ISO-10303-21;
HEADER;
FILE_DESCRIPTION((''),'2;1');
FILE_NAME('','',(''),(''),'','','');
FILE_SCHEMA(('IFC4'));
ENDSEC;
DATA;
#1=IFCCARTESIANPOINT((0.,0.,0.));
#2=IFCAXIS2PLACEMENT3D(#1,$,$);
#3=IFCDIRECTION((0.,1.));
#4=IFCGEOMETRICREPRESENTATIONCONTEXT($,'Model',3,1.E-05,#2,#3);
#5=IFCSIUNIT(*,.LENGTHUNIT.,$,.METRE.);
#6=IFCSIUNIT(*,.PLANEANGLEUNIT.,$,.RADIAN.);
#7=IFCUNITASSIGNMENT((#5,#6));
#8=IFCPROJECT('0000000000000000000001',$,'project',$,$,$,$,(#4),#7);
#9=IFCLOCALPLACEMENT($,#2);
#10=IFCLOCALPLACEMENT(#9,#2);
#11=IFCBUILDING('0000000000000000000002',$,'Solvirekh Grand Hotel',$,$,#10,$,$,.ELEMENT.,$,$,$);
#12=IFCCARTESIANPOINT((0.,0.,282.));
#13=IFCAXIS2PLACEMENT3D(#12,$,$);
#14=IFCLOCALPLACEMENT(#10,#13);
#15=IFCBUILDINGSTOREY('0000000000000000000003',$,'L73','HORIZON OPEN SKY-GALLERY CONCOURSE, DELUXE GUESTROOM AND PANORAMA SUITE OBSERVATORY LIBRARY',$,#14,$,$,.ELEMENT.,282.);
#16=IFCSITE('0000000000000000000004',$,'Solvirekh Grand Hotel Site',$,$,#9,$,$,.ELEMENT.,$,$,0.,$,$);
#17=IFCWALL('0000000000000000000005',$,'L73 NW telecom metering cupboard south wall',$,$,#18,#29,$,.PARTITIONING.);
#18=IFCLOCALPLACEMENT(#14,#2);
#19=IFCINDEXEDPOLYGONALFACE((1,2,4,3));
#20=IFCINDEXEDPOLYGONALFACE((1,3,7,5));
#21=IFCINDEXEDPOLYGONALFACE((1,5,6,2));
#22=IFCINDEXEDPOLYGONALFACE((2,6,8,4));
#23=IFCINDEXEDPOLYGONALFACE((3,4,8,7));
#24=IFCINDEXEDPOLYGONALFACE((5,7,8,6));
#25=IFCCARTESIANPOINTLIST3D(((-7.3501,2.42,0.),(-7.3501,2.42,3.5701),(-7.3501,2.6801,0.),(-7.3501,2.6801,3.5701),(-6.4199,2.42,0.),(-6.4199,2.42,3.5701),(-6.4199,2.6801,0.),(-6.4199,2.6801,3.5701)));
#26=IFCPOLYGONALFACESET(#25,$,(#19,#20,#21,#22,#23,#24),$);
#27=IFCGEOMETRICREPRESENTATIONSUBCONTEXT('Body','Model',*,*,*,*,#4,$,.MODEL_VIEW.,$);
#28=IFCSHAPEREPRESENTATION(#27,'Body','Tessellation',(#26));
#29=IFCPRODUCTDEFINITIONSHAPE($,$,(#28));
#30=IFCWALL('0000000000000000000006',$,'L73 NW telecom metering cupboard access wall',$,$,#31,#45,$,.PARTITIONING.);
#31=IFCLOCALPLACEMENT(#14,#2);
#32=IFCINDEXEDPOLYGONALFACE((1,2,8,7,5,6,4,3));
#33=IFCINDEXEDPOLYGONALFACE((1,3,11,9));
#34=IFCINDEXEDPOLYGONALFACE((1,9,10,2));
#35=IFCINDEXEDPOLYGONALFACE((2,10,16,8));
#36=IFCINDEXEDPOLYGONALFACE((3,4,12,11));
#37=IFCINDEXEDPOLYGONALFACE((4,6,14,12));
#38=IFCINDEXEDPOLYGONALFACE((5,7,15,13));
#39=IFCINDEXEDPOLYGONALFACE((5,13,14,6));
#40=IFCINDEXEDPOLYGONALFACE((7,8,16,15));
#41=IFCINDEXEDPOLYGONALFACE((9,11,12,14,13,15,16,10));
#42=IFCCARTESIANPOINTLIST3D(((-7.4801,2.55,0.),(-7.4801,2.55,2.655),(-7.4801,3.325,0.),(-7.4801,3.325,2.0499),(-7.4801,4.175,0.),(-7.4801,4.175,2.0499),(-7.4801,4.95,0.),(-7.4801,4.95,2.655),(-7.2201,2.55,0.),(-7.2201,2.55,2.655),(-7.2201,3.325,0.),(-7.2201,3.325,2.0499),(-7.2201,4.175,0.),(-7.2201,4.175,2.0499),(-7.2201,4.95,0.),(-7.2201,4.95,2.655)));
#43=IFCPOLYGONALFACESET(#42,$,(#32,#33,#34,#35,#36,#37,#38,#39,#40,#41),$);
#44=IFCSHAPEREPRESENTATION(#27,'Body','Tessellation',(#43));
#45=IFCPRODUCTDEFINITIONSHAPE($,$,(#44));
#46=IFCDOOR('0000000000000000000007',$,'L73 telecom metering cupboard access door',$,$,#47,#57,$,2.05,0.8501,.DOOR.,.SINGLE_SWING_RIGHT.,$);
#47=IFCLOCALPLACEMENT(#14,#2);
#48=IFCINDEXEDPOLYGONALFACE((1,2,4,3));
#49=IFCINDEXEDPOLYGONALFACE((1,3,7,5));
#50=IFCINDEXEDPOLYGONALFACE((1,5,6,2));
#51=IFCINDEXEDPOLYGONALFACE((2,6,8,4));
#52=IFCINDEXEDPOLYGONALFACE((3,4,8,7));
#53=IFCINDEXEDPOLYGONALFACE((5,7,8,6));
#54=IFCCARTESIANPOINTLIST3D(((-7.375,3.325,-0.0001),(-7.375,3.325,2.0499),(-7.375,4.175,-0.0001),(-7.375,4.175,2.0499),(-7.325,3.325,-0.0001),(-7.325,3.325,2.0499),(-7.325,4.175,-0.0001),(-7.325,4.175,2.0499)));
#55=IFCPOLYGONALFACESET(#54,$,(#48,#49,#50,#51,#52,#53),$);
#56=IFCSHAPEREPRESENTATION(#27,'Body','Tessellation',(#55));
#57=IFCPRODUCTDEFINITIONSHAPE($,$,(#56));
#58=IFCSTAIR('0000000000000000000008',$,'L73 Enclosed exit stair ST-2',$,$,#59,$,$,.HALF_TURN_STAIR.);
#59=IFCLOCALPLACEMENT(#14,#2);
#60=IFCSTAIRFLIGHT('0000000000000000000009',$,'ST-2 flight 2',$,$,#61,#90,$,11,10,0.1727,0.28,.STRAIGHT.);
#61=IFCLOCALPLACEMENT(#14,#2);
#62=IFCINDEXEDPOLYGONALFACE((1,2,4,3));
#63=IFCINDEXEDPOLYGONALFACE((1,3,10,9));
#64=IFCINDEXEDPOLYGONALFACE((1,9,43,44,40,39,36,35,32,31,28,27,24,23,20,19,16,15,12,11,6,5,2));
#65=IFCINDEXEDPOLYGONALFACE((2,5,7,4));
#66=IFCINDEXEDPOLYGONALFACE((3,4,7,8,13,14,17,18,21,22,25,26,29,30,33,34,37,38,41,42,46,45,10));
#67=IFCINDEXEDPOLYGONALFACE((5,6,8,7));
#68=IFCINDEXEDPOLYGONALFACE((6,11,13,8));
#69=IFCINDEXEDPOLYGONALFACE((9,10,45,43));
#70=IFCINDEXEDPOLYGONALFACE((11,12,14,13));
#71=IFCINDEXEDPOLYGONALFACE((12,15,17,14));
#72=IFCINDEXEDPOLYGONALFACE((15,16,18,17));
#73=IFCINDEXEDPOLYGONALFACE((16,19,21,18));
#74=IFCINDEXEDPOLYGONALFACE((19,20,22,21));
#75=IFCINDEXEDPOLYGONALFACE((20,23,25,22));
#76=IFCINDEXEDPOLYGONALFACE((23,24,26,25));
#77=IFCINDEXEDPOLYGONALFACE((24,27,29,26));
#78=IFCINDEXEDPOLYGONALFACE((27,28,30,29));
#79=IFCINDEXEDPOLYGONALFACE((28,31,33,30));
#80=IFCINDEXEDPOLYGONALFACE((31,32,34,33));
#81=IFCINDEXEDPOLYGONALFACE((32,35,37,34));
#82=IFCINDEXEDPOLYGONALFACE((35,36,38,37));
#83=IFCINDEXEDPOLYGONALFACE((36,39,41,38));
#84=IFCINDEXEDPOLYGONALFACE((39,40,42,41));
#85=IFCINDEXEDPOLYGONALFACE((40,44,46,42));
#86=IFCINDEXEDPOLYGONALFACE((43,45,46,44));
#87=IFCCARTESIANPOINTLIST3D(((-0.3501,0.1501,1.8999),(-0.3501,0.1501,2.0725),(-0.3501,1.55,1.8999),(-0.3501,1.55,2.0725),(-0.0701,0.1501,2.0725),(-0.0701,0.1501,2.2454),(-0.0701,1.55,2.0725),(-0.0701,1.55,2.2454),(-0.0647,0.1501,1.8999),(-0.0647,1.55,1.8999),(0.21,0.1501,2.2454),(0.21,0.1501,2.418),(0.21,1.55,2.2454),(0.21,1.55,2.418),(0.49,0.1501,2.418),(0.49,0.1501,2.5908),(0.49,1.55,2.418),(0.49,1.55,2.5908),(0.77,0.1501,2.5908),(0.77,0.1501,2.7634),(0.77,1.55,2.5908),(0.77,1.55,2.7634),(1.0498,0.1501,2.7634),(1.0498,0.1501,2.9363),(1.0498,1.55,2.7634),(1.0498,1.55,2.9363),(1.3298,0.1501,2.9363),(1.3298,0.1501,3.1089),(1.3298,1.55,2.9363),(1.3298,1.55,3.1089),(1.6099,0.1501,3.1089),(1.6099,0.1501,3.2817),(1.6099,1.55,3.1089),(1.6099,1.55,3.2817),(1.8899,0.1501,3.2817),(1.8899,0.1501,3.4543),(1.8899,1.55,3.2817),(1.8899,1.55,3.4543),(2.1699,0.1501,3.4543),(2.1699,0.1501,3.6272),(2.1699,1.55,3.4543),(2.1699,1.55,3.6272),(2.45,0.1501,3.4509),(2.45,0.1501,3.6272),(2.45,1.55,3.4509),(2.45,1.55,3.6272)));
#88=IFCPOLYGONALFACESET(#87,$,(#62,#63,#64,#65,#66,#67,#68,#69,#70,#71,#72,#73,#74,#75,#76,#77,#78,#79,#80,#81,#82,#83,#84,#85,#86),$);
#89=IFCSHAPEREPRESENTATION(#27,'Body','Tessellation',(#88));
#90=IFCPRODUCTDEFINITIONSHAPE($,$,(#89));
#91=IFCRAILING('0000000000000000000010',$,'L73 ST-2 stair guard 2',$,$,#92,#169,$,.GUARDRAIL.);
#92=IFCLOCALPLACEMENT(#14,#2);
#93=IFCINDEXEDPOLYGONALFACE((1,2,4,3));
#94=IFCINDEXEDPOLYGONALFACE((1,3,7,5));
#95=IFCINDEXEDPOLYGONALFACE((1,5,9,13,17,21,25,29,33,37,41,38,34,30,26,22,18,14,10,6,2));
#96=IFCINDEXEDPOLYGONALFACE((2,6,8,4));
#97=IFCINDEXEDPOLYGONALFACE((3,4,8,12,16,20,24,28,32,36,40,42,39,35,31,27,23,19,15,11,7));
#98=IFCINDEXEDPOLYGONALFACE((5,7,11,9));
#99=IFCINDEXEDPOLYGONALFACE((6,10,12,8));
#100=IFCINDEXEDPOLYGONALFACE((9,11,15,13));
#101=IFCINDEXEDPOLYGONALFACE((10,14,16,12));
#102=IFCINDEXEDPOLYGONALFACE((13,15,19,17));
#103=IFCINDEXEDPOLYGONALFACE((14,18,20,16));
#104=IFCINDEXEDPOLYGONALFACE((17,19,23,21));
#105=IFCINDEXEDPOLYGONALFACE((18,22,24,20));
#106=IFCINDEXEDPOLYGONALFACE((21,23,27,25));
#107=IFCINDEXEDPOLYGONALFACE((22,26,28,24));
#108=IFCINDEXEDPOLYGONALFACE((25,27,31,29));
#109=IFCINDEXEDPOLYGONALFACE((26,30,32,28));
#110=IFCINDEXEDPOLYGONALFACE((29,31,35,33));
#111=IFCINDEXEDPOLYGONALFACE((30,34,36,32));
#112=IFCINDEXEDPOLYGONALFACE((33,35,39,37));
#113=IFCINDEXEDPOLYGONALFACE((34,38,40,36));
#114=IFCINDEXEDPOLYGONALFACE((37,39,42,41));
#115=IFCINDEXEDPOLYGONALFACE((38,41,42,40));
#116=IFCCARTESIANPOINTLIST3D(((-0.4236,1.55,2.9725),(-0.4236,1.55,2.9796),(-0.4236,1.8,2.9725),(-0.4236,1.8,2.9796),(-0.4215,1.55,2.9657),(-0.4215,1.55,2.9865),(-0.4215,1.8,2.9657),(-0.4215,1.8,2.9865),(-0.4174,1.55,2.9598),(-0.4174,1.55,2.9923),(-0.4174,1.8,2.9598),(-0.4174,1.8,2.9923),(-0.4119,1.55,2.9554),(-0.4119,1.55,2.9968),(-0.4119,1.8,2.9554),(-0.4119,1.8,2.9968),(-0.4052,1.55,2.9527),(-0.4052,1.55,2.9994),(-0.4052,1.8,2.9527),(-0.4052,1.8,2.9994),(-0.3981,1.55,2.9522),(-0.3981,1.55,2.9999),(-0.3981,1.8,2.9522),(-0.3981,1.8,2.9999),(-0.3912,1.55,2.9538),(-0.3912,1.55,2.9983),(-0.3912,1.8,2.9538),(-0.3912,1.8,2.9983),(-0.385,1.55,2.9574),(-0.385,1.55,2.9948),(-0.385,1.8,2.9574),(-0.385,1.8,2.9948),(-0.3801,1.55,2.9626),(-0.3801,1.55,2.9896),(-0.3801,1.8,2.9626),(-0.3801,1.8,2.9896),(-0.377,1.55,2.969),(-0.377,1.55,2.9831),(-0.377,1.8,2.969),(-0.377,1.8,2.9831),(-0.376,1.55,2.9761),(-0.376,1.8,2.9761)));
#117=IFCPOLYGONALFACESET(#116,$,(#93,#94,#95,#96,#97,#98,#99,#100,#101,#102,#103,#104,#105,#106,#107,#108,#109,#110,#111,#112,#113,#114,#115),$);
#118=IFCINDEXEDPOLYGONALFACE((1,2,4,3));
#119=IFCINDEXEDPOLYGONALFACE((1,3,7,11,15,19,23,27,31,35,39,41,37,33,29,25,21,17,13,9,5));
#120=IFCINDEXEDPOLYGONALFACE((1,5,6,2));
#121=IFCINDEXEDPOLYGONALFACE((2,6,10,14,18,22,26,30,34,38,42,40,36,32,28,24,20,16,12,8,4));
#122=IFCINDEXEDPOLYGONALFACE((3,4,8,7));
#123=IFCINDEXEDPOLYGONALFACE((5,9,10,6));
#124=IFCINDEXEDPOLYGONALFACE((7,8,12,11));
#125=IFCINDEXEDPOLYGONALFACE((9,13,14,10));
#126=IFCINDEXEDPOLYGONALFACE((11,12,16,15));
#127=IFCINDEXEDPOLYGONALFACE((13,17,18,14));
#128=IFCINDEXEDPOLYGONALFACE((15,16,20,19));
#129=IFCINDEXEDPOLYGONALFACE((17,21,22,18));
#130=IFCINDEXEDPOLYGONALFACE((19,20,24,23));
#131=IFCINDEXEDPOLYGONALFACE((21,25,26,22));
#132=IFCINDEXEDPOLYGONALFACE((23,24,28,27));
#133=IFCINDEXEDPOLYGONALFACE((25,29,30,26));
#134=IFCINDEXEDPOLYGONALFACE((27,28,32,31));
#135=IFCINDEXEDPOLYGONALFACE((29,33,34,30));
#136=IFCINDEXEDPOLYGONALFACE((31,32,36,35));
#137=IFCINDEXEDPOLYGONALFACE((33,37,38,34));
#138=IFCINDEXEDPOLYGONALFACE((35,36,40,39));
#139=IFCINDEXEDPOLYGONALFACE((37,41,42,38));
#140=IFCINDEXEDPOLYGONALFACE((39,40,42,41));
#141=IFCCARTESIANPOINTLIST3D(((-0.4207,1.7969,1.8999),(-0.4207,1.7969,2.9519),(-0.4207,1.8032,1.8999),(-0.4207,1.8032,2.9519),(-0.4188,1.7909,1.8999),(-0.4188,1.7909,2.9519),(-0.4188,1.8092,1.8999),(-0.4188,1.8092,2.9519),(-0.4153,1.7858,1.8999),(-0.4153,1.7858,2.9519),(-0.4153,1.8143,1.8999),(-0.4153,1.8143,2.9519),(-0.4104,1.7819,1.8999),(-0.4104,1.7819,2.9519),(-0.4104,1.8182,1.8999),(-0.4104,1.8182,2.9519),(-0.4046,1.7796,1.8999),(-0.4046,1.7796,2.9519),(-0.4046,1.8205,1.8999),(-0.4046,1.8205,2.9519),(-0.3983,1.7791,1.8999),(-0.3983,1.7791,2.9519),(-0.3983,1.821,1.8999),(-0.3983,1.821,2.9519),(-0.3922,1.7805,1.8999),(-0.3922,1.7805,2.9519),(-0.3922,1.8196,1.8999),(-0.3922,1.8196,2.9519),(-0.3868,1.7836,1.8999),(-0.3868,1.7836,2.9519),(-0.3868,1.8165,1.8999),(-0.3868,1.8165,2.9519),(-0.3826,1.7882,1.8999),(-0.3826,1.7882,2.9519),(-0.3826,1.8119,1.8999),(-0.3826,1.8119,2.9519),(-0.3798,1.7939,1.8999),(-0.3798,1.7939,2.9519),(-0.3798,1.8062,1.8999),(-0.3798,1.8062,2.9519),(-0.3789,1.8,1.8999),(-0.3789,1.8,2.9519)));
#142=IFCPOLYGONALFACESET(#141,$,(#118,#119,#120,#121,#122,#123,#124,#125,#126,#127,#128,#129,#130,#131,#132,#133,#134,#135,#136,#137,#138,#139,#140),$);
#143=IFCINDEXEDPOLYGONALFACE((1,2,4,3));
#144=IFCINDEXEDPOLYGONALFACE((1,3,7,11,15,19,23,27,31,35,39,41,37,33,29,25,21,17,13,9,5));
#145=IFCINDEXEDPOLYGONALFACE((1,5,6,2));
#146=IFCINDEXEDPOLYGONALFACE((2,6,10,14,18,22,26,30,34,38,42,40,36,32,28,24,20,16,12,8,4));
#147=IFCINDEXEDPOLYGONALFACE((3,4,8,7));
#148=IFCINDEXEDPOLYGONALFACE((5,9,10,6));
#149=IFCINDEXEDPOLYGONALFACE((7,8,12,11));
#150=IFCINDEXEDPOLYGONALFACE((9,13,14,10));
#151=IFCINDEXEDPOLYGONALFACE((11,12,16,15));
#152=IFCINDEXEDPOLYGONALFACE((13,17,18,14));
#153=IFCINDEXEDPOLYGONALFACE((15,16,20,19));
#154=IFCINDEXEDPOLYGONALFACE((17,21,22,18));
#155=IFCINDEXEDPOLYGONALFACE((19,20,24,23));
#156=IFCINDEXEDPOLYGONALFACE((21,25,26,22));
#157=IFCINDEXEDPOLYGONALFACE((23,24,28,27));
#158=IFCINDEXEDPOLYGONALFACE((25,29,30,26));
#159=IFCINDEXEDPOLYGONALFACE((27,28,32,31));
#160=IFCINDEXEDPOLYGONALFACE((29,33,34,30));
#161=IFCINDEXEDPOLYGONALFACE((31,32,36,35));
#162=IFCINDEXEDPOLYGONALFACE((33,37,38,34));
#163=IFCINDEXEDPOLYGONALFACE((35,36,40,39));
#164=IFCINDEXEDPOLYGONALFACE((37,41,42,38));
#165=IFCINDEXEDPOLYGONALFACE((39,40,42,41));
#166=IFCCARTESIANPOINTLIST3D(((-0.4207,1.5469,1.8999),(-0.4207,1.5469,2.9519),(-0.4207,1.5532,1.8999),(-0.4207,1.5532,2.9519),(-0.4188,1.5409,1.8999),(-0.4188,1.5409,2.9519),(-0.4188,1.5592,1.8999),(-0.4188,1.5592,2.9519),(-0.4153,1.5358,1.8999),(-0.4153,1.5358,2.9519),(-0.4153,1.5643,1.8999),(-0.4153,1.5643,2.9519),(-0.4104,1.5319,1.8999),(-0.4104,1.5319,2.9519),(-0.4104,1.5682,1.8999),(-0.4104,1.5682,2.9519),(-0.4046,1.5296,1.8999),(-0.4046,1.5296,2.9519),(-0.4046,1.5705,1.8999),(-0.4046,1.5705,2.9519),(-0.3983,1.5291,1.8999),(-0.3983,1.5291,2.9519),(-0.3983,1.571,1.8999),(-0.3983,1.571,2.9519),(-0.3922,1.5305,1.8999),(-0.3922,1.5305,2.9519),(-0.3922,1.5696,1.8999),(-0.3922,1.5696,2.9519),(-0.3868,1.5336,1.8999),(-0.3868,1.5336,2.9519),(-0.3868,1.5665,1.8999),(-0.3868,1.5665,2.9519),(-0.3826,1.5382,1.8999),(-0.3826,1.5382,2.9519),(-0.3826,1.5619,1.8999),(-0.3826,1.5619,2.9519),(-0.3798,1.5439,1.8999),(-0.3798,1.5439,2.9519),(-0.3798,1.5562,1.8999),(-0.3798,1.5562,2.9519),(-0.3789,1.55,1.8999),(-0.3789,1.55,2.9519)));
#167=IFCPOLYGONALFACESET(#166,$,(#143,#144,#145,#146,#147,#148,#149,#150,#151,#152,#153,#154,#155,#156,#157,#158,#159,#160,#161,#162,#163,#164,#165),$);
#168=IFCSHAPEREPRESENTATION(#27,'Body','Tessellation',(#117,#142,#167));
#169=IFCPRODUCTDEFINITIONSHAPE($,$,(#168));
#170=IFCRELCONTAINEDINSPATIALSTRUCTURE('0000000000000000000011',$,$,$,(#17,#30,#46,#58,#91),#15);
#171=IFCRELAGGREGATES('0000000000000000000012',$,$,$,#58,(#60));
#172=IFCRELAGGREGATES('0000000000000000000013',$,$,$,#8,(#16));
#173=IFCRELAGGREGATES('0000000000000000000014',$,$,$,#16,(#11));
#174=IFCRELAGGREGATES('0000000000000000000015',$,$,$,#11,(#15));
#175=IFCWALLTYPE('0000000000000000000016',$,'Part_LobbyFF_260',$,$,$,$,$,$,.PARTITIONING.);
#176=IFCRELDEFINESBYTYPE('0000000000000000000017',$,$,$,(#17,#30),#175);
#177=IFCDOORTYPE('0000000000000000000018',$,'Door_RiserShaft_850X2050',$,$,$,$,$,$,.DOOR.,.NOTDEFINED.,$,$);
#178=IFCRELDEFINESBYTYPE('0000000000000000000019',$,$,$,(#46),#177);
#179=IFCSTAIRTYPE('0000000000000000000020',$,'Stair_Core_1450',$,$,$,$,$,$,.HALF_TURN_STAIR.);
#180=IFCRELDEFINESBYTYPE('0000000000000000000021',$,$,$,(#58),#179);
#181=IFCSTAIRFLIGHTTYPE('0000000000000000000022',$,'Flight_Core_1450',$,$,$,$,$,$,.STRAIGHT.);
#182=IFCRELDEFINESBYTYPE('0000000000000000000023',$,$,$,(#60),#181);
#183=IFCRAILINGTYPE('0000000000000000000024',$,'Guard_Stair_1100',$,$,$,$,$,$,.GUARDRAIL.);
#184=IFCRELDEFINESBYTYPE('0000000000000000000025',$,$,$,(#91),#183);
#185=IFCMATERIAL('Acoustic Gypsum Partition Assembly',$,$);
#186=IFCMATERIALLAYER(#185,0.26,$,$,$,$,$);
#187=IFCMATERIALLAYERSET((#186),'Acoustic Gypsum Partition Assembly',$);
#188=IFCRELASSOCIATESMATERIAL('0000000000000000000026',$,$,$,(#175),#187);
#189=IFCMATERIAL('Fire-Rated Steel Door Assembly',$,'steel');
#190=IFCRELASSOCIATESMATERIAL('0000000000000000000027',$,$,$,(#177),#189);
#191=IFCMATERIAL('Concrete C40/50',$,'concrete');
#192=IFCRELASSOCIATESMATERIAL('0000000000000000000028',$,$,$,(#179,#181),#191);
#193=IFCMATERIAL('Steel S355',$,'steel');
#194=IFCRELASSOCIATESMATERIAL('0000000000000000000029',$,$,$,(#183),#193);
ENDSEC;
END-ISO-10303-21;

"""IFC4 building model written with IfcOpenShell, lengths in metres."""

from ifc_helpers import new_model, si_unit, direction, frame, frame_2d, origin, origin_2d, place, context, subcontext, project, spatial, polyline, rectangle, circle, outline, extrude, material, layer, layer_set, type_object, element, fill, aggregate, save


model = new_model("IFC4")

# Units and contexts
model_context = context("Model", 3, precision=1e-05, world=origin(), true_north=direction((0.0, 1.0)))
body_context = subcontext(model_context, "Body", "Model", "MODEL_VIEW")
ifc_project = project(units=[si_unit("LENGTHUNIT", "METRE"), si_unit("PLANEANGLEUNIT", "RADIAN")], contexts=[model_context])

# Site, building, storey
site_placement = place(None, origin())
site = spatial("IfcSite", under=ifc_project, at=site_placement, Name="Solvirekh Grand Hotel Site", CompositionType="ELEMENT", RefElevation=0.0)
building_placement = place(site_placement, origin())
building = spatial("IfcBuilding", under=site, at=building_placement, Name="Solvirekh Grand Hotel", CompositionType="ELEMENT")
storey_placement = place(building_placement, frame((0.0, 0.0, 282.0)))
storey = spatial("IfcBuildingStorey", under=building, at=storey_placement, Name="L73", Description="HORIZON OPEN SKY-GALLERY CONCOURSE, DELUXE GUESTROOM AND PANORAMA SUITE OBSERVATORY LIBRARY", CompositionType="ELEMENT", Elevation=282.0)

# Shared definitions
ifc_material_1 = material(Name="Concrete C40/50", Category="concrete")
ifc_material_2 = material(Name="Fire-Rated Steel Door Assembly", Category="steel")

# Wall
ifc_material_3 = material(Name="Acoustic Gypsum Partition Assembly")
ifc_layer_1 = layer(ifc_material_3, 0.26)
ifc_layer_set_1 = layer_set([ifc_layer_1], Name="Acoustic Gypsum Partition Assembly")
wall_type_1 = type_object("IfcWallType", Name="Part_LobbyFF_260", PredefinedType="PARTITIONING", material=ifc_layer_set_1)
for number, where, z_axis, x_axis, name in (
    (1, (-7.3501, 2.55, 0.0), (0.0, 0.0, 1.0), (1.0, 0.0, 0.0), "L73 NW telecom metering cupboard south wall"),
):
    element("IfcWall", number, at=place(storey_placement, frame(where, z_axis=z_axis, x_axis=x_axis)), inside=storey, type_object=wall_type_1, Name=name, PredefinedType="PARTITIONING", context=body_context, shape_type="SweptSolid", body=[
        extrude(rectangle(XDim=0.9302, YDim=0.26, at=frame_2d((0.4651, 0.0))), origin(), (0.0, 0.0, 1.0), 3.5701),
    ])

# Wall, opening, door
wall_1_placement = place(storey_placement, frame((-7.3501, 2.55, 0.0), z_axis=(0.0, 0.0, 1.0), x_axis=(0.0, 1.0, 0.0)))
wall_1 = element("IfcWall", 2, at=wall_1_placement, inside=storey, type_object=wall_type_1, Name="L73 NW telecom metering cupboard access wall", PredefinedType="PARTITIONING", context=body_context, shape_type="SweptSolid", body=[
    extrude(rectangle(XDim=2.3999, YDim=0.26, at=frame_2d((1.2, 0.0))), origin(), (0.0, 0.0, 1.0), 2.655),
])
opening_1_placement = place(wall_1_placement, frame((0.7749, 0.0, 0.0)))
opening_1 = element("IfcOpeningElement", 3, at=opening_1_placement, cuts=wall_1, PredefinedType="OPENING", context=body_context, shape_type="SweptSolid", body=[
    extrude(rectangle(XDim=0.8501, YDim=2.05, at=frame_2d((0.425, 1.0249))), frame((0.0, 0.1401, 0.0), z_axis=(0.0, -1.0, 0.0), x_axis=(1.0, 0.0, 0.0)), (0.0, 0.0, 1.0), 0.28),
])
door_type_1 = type_object("IfcDoorType", Name="Door_RiserShaft_850X2050", OperationType="NOTDEFINED", PredefinedType="DOOR", material=ifc_material_2)
door_1_placement = place(opening_1_placement, origin())
door_1 = element("IfcDoor", 4, at=door_1_placement, inside=storey, type_object=door_type_1, Name="L73 telecom metering cupboard access door", OperationType="SINGLE_SWING_RIGHT", OverallHeight=2.05, OverallWidth=0.8501, PredefinedType="DOOR", context=body_context, shape_type="SweptSolid", body=[
    extrude(rectangle(XDim=0.8501, YDim=2.05, at=frame_2d((0.425, 1.0249))), frame((0.0, 0.0249, 0.0), z_axis=(0.0, -1.0, 0.0), x_axis=(1.0, 0.0, 0.0)), (0.0, 0.0, 1.0), 0.05),
])
fill(opening_1, door_1)

# Stair, stair flight
stair_type = type_object("IfcStairType", Name="Stair_Core_1450", PredefinedType="HALF_TURN_STAIR", material=ifc_material_1)
stair_placement = place(storey_placement, origin())
stair = element("IfcStair", 5, at=stair_placement, inside=storey, type_object=stair_type, Name="L73 Enclosed exit stair ST-2", PredefinedType="HALF_TURN_STAIR")
stair_flight_type = type_object("IfcStairFlightType", Name="Flight_Core_1450", PredefinedType="STRAIGHT", material=ifc_material_1)
stair_flight_placement = place(storey_placement, frame((-0.3501, 0.8501, 1.8999), z_axis=(0.0, 0.0, 1.0), x_axis=(1.0, 0.0, 0.0)))
stair_flight = element("IfcStairFlight", 6, at=stair_flight_placement, type_object=stair_flight_type, Name="ST-2 flight 2", NumberOfRisers=11, NumberOfTreads=10, PredefinedType="STRAIGHT", RiserHeight=0.1727, TreadLength=0.28, context=body_context, shape_type="SweptSolid", body=[
    extrude(outline(polyline([(0.0, 0.0), (0.0, 0.1726), (0.28, 0.1726), (0.28, 0.3455), (0.5601, 0.3455), (0.5601, 0.5181), (0.8401, 0.5181), (0.8401, 0.6909), (1.1201, 0.6909), (1.1201, 0.8635), (1.3999, 0.8635), (1.3999, 1.0364), (1.6799, 1.0364), (1.6799, 1.209), (1.96, 1.209), (1.96, 1.3818), (2.24, 1.3818), (2.24, 1.5544), (2.52, 1.5544), (2.52, 1.7273), (2.8, 1.7273), (2.8, 1.8999), (2.8, 1.551), (0.2854, 0.0), (0.0, 0.0)])), frame((0.0, 0.7, 0.0), z_axis=(0.0, -1.0, 0.0), x_axis=(1.0, 0.0, 0.0)), (0.0, 0.0, 1.0), 1.3999),
])
aggregate(stair, [stair_flight])

# Railing
ifc_material_4 = material(Name="Steel S355", Category="steel")
railing_type_1 = type_object("IfcRailingType", Name="Guard_Stair_1100", PredefinedType="GUARDRAIL", material=ifc_material_4)
railing_1_placement = place(storey_placement, frame((-0.3999, 1.8, 1.8999)))
element("IfcRailing", 7, at=railing_1_placement, inside=storey, type_object=railing_type_1, Name="L73 ST-2 stair guard 2", PredefinedType="GUARDRAIL", context=body_context, shape_type="SweptSolid", body=[
    extrude(circle(Radius=0.0239, at=origin_2d()), frame((0.0, 0.0, 1.0762), z_axis=(0.0, -1.0, 0.0), x_axis=(1.0, 0.0, 0.0)), (0.0, 0.0, 1.0), 0.25),
    extrude(circle(Radius=0.021, at=origin_2d()), origin(), (0.0, 0.0, 1.0), 1.052),
    extrude(circle(Radius=0.021, at=origin_2d()), frame((0.0, -0.25, 0.0)), (0.0, 0.0, 1.0), 1.052),
])

save(model, "model.ifc")
